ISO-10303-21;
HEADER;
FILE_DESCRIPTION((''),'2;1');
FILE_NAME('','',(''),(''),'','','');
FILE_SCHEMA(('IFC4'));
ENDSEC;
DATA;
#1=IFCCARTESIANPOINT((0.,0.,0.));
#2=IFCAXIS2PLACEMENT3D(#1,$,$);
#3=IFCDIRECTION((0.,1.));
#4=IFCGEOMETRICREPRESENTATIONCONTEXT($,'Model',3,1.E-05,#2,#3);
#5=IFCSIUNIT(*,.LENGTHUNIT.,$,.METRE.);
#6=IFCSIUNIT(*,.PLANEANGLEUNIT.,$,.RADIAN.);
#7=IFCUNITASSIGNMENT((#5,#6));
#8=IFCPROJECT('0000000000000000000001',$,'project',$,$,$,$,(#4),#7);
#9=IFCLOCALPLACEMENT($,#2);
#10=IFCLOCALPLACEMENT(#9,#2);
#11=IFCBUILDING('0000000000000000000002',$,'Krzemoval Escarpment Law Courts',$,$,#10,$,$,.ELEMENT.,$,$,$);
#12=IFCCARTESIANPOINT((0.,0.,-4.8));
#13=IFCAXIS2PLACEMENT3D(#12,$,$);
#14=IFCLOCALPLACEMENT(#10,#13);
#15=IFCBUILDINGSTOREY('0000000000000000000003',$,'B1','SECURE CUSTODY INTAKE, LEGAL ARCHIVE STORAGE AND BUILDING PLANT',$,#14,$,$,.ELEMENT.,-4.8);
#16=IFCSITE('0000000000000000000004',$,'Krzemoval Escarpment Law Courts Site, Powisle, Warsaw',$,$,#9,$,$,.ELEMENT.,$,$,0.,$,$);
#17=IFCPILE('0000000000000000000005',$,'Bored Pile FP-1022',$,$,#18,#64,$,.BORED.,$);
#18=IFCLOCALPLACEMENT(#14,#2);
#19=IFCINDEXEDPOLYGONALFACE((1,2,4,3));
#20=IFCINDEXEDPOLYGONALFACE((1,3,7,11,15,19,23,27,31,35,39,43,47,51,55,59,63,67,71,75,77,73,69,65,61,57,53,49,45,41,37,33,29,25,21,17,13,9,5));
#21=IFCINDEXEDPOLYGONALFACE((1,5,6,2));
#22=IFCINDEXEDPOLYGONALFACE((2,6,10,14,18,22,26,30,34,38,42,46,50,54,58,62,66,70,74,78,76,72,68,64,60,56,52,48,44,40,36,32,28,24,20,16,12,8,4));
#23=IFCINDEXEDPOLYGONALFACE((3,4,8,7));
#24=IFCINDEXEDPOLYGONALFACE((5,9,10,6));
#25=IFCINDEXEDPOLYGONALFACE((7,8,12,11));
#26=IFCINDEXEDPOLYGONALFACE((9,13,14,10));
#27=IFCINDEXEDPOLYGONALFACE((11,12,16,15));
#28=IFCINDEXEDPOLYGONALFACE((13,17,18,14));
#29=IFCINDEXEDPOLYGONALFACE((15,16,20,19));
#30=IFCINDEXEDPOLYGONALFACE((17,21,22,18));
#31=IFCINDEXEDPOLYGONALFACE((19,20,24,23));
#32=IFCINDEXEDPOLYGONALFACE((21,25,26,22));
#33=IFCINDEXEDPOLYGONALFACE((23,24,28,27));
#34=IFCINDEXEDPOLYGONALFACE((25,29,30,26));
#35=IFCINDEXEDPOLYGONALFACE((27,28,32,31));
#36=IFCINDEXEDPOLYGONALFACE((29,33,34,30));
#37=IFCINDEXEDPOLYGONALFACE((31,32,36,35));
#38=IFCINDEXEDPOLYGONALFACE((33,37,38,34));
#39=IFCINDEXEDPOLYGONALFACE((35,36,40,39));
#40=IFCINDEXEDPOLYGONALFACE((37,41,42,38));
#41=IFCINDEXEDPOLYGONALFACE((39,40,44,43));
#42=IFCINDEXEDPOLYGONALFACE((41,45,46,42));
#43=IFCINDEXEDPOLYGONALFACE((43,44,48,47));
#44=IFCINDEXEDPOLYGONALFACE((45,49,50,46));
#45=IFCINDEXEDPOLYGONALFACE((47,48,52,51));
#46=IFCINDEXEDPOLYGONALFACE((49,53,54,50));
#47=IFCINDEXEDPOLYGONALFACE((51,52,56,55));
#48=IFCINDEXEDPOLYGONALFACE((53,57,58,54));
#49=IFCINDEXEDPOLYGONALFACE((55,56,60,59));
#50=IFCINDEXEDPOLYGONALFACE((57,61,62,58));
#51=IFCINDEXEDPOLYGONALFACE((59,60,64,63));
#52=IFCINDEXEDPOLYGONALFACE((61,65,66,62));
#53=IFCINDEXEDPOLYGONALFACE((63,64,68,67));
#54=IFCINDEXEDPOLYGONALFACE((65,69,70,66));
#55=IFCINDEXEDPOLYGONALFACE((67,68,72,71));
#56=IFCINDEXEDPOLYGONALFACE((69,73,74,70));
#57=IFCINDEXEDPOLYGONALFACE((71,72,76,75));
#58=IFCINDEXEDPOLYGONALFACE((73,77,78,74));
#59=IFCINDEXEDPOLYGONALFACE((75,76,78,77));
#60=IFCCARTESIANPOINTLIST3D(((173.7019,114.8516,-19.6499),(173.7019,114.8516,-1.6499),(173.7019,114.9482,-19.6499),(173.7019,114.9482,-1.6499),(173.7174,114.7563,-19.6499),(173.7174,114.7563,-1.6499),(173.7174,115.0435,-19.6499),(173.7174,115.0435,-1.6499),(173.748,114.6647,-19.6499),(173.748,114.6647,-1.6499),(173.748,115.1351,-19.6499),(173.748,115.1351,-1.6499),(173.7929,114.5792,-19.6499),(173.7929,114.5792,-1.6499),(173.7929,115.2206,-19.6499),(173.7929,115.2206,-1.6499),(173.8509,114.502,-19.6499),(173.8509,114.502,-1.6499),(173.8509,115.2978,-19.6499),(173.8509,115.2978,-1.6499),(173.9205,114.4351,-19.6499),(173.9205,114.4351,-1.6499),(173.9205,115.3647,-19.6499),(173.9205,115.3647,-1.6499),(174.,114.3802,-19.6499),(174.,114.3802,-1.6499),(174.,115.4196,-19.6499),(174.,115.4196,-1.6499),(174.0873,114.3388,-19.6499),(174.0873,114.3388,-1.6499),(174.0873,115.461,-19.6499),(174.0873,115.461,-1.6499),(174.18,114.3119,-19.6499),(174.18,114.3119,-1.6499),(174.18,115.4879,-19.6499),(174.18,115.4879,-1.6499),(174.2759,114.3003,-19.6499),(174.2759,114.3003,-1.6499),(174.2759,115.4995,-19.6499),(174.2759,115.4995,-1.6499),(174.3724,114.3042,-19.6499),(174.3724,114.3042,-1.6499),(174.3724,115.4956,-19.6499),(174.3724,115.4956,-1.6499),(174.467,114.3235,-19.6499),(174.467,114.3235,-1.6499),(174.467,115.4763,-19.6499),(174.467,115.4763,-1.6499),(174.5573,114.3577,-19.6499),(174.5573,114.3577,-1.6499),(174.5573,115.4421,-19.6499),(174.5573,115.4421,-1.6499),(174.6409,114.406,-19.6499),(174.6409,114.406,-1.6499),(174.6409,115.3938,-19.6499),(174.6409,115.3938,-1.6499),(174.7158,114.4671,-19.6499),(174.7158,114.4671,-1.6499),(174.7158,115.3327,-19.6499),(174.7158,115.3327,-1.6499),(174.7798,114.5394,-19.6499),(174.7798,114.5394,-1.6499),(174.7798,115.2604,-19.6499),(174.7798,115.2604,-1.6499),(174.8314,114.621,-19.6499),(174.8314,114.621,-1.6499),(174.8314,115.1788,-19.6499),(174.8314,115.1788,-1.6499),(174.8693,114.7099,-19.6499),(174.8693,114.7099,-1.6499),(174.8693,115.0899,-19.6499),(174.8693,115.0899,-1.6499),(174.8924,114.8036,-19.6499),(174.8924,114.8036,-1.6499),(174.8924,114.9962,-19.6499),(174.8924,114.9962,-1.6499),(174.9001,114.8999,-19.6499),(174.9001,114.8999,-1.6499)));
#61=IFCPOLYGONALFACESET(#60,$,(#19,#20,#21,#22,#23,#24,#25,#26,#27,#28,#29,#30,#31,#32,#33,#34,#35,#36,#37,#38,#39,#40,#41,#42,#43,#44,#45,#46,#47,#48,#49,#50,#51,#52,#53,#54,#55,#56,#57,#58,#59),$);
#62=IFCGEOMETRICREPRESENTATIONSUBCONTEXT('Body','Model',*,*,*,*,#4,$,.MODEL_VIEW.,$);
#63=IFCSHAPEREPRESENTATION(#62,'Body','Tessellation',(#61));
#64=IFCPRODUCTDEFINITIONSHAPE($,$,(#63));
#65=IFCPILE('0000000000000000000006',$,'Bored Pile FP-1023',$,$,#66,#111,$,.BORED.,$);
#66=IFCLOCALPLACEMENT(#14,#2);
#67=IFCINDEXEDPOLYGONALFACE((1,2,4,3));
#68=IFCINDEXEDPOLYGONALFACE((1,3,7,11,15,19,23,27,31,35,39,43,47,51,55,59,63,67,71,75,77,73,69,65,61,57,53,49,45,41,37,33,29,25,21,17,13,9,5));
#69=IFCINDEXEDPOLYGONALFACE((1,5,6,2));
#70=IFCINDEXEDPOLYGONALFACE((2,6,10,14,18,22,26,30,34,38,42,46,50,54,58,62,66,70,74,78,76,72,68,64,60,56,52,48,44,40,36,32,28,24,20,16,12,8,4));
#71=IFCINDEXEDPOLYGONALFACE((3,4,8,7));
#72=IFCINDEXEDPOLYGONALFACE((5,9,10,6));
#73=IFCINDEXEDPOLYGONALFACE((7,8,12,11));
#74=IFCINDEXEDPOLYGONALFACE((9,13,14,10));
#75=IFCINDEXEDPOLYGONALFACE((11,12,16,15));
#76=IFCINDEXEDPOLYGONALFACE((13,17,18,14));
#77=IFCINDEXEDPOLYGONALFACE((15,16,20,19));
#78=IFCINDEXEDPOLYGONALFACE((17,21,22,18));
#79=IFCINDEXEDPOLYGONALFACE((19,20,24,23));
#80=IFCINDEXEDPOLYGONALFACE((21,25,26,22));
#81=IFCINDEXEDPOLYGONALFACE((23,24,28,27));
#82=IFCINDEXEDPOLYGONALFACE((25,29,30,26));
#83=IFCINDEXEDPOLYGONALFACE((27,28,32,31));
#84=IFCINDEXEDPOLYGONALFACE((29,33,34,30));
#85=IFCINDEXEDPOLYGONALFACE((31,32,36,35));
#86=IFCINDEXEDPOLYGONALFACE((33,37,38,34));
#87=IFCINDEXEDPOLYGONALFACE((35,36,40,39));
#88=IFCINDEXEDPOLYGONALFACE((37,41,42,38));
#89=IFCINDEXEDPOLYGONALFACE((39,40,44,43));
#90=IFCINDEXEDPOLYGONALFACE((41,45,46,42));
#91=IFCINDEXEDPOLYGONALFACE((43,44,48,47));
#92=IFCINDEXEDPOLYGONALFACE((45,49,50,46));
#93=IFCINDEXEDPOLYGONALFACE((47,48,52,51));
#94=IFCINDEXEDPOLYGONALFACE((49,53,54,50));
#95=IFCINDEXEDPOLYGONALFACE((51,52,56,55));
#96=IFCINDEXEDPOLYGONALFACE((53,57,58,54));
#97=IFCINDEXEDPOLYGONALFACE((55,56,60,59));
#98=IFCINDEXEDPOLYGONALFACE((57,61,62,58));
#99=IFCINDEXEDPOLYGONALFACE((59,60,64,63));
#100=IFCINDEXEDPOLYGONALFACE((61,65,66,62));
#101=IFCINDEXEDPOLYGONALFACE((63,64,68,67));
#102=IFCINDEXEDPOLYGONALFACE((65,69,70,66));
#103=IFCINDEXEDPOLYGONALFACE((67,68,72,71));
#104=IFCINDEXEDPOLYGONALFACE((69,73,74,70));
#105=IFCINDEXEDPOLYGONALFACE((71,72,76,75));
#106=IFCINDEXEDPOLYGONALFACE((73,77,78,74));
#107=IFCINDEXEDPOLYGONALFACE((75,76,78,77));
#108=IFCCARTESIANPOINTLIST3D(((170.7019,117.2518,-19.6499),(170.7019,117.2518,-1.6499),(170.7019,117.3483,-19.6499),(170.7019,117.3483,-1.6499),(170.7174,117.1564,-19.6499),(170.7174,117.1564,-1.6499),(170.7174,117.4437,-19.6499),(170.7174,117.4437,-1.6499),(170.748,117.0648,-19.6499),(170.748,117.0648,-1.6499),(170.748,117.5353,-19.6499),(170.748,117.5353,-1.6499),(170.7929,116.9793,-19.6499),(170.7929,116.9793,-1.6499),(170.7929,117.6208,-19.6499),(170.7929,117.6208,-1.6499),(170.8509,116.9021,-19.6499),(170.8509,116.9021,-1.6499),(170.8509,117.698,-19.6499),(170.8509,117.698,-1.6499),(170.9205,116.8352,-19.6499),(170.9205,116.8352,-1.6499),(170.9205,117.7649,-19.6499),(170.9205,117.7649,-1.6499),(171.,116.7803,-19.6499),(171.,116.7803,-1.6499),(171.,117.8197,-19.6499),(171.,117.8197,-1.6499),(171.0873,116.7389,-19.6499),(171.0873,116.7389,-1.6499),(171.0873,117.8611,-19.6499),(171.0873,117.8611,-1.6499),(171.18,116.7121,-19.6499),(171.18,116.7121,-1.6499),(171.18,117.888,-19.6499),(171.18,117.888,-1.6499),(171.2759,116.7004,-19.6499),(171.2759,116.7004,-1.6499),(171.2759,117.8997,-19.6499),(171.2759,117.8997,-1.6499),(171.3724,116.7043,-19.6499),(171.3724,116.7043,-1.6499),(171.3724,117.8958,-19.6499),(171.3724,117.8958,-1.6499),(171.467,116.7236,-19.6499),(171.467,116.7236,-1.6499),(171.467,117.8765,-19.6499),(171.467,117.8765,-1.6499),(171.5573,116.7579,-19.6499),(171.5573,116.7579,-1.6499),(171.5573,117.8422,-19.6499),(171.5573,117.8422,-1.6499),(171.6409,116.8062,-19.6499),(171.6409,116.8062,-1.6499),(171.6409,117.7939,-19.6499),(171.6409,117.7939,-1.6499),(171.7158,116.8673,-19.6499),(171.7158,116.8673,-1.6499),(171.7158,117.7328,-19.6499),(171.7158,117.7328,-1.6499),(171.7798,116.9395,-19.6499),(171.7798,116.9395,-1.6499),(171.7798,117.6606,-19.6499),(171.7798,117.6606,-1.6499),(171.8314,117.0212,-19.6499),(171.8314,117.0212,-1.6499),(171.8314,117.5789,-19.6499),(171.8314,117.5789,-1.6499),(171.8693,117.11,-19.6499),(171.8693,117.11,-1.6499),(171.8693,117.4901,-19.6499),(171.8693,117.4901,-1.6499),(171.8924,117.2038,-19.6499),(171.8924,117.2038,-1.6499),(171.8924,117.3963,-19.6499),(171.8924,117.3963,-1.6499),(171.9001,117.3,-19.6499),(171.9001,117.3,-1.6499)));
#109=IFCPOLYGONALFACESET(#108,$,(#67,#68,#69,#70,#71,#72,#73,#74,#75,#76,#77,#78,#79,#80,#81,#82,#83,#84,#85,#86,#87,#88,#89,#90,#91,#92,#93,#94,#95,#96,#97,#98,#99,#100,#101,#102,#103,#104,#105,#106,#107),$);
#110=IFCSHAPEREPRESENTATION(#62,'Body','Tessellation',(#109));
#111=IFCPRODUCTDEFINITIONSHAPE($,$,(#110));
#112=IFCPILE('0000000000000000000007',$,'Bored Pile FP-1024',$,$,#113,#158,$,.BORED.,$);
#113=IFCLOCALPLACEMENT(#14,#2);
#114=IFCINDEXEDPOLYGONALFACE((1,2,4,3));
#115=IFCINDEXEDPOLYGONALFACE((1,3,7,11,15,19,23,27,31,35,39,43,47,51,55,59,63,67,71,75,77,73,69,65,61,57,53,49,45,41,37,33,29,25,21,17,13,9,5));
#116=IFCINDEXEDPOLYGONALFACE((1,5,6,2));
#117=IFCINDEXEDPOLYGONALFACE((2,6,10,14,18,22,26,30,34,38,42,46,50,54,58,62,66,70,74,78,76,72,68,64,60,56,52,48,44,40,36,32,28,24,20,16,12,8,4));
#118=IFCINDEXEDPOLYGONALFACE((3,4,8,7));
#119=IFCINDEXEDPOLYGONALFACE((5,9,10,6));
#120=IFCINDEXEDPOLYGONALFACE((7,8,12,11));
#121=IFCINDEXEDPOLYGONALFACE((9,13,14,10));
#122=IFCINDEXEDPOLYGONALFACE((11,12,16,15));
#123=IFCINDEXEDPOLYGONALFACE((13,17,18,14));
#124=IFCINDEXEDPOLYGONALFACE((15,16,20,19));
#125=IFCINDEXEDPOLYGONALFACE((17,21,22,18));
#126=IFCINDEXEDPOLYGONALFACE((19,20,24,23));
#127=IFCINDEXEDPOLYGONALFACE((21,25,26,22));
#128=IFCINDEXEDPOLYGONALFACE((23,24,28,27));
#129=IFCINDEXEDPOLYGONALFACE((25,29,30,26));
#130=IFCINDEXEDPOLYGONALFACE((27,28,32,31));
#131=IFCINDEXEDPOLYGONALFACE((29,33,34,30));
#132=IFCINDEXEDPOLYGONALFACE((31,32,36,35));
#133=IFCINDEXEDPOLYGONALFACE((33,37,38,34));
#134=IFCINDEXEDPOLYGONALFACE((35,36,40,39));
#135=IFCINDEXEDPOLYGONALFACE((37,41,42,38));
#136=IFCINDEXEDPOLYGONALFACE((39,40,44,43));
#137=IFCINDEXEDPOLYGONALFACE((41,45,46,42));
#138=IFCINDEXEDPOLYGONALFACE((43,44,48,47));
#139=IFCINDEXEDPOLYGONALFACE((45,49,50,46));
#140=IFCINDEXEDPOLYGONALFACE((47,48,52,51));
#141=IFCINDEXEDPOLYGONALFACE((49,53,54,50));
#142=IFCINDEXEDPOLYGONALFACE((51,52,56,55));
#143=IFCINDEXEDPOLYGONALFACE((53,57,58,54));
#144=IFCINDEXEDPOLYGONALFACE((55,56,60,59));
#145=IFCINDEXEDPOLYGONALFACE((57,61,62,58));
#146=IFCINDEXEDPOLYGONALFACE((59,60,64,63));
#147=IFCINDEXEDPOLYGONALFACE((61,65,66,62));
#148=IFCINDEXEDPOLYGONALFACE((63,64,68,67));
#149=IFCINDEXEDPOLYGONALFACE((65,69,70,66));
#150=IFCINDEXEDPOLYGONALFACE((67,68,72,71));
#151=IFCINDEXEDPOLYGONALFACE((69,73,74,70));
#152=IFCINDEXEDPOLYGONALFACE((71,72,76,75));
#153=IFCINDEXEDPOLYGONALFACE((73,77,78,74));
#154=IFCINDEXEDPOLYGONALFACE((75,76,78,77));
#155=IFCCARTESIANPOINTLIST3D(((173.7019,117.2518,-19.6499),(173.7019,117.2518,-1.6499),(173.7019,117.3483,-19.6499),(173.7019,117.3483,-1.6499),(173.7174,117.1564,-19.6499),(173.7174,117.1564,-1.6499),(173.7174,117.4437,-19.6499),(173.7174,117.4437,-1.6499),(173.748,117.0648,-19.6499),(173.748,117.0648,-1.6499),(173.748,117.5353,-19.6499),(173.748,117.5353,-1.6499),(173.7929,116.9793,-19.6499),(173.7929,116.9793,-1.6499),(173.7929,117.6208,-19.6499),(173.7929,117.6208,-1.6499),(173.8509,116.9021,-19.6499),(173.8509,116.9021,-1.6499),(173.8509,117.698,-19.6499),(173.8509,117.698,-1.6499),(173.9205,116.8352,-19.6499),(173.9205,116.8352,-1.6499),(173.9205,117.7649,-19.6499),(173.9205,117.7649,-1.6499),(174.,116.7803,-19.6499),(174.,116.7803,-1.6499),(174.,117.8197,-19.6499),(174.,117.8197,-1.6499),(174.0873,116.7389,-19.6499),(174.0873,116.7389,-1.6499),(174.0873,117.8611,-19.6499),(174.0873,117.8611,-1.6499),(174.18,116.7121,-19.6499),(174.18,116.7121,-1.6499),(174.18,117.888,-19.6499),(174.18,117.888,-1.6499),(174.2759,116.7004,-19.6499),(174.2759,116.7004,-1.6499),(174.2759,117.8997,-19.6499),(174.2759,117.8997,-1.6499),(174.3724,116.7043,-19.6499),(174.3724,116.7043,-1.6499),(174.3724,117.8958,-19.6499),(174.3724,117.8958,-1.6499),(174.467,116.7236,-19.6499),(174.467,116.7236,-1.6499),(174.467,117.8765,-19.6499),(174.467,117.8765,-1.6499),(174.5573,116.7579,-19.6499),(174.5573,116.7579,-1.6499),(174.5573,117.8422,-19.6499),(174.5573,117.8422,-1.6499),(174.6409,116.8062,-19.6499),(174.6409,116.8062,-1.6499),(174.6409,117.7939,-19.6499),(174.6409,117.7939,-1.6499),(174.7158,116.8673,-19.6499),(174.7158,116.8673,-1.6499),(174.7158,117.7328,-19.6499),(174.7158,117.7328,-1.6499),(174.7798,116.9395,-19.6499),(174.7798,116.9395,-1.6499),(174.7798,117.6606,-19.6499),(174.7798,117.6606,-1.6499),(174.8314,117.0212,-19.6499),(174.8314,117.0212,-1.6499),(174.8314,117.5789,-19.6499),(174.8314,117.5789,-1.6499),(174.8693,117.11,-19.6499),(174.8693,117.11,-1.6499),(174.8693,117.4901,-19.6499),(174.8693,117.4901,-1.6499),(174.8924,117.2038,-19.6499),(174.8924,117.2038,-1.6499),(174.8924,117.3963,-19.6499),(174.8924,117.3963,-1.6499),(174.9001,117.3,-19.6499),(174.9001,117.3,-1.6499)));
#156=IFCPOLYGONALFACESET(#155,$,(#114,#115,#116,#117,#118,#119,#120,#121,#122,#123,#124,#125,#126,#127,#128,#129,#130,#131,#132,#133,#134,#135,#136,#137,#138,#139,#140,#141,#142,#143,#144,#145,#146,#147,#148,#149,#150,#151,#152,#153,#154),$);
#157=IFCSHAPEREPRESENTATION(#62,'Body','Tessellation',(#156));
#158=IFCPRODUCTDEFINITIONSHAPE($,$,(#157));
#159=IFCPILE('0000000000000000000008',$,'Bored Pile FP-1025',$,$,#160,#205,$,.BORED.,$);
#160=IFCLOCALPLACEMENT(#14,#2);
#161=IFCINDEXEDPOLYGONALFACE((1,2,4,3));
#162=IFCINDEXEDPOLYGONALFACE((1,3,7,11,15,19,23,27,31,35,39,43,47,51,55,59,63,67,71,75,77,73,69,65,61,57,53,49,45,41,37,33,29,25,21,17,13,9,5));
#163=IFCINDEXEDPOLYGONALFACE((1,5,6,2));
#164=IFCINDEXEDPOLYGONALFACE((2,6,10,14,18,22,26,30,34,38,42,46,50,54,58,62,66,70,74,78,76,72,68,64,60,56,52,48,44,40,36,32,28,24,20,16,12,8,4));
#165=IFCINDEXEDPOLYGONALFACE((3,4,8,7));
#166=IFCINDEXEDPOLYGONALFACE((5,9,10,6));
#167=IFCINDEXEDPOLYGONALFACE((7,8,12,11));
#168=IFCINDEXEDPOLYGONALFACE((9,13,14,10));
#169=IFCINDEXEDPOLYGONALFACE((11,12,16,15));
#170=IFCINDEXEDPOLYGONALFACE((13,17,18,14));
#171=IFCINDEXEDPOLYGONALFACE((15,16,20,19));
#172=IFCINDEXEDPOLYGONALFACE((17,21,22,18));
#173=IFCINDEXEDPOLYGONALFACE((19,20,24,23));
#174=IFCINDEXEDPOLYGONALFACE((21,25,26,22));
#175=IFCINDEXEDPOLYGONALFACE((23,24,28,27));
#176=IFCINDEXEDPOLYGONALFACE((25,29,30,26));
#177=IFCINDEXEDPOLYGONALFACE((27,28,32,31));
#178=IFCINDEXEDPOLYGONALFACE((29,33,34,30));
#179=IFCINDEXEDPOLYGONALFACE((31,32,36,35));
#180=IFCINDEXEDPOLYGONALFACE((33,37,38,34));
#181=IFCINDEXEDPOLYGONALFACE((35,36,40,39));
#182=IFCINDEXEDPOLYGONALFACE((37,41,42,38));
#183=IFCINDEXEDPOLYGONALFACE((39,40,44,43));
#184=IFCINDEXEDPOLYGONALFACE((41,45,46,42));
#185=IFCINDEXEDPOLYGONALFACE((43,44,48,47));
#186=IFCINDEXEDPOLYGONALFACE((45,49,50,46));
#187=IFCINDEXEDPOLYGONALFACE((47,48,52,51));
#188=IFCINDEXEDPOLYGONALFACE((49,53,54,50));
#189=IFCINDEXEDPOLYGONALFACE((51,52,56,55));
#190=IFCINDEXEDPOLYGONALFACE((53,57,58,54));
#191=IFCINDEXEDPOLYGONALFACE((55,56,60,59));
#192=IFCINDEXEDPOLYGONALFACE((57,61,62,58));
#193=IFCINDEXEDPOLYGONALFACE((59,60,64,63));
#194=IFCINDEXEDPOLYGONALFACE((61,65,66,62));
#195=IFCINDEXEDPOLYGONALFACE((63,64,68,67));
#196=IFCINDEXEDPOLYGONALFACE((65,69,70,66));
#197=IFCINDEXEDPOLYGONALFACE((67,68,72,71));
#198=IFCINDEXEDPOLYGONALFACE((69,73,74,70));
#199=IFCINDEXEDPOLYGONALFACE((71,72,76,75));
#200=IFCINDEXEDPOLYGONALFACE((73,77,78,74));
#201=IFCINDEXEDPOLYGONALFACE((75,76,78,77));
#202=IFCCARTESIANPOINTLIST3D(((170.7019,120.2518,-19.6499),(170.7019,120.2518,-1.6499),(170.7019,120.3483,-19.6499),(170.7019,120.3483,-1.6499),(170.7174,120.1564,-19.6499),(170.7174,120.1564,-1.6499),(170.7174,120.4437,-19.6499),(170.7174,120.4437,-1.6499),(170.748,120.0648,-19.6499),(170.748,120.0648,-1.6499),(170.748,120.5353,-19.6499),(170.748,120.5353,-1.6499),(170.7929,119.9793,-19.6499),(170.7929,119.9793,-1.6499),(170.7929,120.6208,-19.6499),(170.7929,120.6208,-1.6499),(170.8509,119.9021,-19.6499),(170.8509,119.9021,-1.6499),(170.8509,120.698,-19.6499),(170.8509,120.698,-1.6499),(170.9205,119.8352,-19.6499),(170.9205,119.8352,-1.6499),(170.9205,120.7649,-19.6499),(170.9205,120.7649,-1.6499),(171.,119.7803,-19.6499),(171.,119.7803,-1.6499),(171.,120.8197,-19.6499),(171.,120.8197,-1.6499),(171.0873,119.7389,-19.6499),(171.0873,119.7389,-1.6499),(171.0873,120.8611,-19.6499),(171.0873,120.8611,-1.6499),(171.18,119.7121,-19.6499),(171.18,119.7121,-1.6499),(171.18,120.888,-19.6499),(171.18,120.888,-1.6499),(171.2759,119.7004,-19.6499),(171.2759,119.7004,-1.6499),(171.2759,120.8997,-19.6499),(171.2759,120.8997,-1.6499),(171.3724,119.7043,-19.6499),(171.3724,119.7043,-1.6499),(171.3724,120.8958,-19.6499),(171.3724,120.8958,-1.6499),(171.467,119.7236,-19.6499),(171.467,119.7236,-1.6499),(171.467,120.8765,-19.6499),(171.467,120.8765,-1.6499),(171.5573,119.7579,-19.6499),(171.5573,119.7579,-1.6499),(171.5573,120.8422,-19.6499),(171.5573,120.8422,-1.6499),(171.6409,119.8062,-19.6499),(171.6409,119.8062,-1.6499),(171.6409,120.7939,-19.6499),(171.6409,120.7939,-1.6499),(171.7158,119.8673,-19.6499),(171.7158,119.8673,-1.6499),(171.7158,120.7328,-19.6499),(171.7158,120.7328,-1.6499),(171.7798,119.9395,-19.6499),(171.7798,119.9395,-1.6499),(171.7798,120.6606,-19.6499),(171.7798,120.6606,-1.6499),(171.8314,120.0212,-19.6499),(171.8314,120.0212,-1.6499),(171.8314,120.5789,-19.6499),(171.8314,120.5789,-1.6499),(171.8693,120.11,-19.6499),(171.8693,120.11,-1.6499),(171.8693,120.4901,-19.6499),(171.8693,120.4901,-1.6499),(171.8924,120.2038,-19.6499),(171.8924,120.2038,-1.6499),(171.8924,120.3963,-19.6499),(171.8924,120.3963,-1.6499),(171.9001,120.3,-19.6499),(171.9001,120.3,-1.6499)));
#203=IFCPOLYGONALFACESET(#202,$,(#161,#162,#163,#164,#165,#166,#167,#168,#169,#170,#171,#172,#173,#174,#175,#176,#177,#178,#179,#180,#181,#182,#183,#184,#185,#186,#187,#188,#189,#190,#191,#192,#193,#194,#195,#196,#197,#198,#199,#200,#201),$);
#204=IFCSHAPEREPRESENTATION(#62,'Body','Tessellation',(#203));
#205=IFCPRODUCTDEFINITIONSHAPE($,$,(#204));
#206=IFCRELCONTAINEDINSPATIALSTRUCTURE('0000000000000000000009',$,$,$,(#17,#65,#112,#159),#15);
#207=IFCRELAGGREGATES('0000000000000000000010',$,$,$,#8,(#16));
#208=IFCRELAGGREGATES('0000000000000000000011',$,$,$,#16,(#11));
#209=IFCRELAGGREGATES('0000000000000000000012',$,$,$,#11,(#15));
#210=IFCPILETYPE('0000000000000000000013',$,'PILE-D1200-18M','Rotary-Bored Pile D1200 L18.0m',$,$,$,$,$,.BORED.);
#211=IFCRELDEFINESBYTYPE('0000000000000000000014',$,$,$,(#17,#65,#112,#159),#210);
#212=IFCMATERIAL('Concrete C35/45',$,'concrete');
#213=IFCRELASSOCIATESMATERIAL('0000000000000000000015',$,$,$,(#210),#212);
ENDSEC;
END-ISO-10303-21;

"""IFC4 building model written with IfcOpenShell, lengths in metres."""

from ifc_helpers import new_model, si_unit, direction, frame, origin, origin_2d, place, context, subcontext, project, spatial, circle, extrude, material, material_profile, profile_set, type_object, element, save


model = new_model("IFC4")

# Units and contexts
model_context = context("Model", 3, precision=1e-05, world=origin(), true_north=direction((0.0, 1.0)))
body_context = subcontext(model_context, "Body", "Model", "MODEL_VIEW")
ifc_project = project(units=[si_unit("LENGTHUNIT", "METRE"), si_unit("PLANEANGLEUNIT", "RADIAN")], contexts=[model_context])

# Site, building, storey
site_placement = place(None, origin())
site = spatial("IfcSite", under=ifc_project, at=site_placement, Name="Krzemoval Escarpment Law Courts Site, Powisle, Warsaw", CompositionType="ELEMENT", RefElevation=0.0)
building_placement = place(site_placement, origin())
building = spatial("IfcBuilding", under=site, at=building_placement, Name="Krzemoval Escarpment Law Courts", CompositionType="ELEMENT")
storey_placement = place(building_placement, frame((0.0, 0.0, -4.8)))
storey = spatial("IfcBuildingStorey", under=building, at=storey_placement, Name="B1", Description="SECURE CUSTODY INTAKE, LEGAL ARCHIVE STORAGE AND BUILDING PLANT", CompositionType="ELEMENT", Elevation=-4.8)

# Piles
ifc_material_1 = material(Name="Concrete C35/45", Category="concrete")
ifc_material_profile_1 = material_profile(ifc_material_1, circle(Radius=0.6001, at=origin_2d()), Name="PILE D1200")
ifc_profile_set_1 = profile_set([ifc_material_profile_1], Name="Concrete C35/45")
pile_type = type_object("IfcPileType", Name="PILE-D1200-18M", Description="Rotary-Bored Pile D1200 L18.0m", PredefinedType="BORED", material=ifc_profile_set_1)
for number, where, z_axis, x_axis, name in (
    (1, (174.3, 114.8999, -1.6499), (0.0, 0.0, -1.0), (1.0, 0.0, 0.0), "Bored Pile FP-1022"),
    (2, (171.3, 117.3, -1.6499), (0.0, 0.0, -1.0), (1.0, 0.0, 0.0), "Bored Pile FP-1023"),
    (3, (174.3, 117.3, -1.6499), (0.0, 0.0, -1.0), (1.0, 0.0, 0.0), "Bored Pile FP-1024"),
    (4, (171.3, 120.3, -1.6499), (0.0, 0.0, -1.0), (1.0, 0.0, 0.0), "Bored Pile FP-1025"),
):
    element("IfcPile", number, at=place(storey_placement, frame(where, z_axis=z_axis, x_axis=x_axis)), inside=storey, type_object=pile_type, Name=name, PredefinedType="BORED", context=body_context, shape_type="SweptSolid", body=[
        extrude(circle(Radius=0.6001, at=origin_2d()), origin(), (0.0, 0.0, 1.0), 18.0),
    ])

save(model, "model.ifc")
